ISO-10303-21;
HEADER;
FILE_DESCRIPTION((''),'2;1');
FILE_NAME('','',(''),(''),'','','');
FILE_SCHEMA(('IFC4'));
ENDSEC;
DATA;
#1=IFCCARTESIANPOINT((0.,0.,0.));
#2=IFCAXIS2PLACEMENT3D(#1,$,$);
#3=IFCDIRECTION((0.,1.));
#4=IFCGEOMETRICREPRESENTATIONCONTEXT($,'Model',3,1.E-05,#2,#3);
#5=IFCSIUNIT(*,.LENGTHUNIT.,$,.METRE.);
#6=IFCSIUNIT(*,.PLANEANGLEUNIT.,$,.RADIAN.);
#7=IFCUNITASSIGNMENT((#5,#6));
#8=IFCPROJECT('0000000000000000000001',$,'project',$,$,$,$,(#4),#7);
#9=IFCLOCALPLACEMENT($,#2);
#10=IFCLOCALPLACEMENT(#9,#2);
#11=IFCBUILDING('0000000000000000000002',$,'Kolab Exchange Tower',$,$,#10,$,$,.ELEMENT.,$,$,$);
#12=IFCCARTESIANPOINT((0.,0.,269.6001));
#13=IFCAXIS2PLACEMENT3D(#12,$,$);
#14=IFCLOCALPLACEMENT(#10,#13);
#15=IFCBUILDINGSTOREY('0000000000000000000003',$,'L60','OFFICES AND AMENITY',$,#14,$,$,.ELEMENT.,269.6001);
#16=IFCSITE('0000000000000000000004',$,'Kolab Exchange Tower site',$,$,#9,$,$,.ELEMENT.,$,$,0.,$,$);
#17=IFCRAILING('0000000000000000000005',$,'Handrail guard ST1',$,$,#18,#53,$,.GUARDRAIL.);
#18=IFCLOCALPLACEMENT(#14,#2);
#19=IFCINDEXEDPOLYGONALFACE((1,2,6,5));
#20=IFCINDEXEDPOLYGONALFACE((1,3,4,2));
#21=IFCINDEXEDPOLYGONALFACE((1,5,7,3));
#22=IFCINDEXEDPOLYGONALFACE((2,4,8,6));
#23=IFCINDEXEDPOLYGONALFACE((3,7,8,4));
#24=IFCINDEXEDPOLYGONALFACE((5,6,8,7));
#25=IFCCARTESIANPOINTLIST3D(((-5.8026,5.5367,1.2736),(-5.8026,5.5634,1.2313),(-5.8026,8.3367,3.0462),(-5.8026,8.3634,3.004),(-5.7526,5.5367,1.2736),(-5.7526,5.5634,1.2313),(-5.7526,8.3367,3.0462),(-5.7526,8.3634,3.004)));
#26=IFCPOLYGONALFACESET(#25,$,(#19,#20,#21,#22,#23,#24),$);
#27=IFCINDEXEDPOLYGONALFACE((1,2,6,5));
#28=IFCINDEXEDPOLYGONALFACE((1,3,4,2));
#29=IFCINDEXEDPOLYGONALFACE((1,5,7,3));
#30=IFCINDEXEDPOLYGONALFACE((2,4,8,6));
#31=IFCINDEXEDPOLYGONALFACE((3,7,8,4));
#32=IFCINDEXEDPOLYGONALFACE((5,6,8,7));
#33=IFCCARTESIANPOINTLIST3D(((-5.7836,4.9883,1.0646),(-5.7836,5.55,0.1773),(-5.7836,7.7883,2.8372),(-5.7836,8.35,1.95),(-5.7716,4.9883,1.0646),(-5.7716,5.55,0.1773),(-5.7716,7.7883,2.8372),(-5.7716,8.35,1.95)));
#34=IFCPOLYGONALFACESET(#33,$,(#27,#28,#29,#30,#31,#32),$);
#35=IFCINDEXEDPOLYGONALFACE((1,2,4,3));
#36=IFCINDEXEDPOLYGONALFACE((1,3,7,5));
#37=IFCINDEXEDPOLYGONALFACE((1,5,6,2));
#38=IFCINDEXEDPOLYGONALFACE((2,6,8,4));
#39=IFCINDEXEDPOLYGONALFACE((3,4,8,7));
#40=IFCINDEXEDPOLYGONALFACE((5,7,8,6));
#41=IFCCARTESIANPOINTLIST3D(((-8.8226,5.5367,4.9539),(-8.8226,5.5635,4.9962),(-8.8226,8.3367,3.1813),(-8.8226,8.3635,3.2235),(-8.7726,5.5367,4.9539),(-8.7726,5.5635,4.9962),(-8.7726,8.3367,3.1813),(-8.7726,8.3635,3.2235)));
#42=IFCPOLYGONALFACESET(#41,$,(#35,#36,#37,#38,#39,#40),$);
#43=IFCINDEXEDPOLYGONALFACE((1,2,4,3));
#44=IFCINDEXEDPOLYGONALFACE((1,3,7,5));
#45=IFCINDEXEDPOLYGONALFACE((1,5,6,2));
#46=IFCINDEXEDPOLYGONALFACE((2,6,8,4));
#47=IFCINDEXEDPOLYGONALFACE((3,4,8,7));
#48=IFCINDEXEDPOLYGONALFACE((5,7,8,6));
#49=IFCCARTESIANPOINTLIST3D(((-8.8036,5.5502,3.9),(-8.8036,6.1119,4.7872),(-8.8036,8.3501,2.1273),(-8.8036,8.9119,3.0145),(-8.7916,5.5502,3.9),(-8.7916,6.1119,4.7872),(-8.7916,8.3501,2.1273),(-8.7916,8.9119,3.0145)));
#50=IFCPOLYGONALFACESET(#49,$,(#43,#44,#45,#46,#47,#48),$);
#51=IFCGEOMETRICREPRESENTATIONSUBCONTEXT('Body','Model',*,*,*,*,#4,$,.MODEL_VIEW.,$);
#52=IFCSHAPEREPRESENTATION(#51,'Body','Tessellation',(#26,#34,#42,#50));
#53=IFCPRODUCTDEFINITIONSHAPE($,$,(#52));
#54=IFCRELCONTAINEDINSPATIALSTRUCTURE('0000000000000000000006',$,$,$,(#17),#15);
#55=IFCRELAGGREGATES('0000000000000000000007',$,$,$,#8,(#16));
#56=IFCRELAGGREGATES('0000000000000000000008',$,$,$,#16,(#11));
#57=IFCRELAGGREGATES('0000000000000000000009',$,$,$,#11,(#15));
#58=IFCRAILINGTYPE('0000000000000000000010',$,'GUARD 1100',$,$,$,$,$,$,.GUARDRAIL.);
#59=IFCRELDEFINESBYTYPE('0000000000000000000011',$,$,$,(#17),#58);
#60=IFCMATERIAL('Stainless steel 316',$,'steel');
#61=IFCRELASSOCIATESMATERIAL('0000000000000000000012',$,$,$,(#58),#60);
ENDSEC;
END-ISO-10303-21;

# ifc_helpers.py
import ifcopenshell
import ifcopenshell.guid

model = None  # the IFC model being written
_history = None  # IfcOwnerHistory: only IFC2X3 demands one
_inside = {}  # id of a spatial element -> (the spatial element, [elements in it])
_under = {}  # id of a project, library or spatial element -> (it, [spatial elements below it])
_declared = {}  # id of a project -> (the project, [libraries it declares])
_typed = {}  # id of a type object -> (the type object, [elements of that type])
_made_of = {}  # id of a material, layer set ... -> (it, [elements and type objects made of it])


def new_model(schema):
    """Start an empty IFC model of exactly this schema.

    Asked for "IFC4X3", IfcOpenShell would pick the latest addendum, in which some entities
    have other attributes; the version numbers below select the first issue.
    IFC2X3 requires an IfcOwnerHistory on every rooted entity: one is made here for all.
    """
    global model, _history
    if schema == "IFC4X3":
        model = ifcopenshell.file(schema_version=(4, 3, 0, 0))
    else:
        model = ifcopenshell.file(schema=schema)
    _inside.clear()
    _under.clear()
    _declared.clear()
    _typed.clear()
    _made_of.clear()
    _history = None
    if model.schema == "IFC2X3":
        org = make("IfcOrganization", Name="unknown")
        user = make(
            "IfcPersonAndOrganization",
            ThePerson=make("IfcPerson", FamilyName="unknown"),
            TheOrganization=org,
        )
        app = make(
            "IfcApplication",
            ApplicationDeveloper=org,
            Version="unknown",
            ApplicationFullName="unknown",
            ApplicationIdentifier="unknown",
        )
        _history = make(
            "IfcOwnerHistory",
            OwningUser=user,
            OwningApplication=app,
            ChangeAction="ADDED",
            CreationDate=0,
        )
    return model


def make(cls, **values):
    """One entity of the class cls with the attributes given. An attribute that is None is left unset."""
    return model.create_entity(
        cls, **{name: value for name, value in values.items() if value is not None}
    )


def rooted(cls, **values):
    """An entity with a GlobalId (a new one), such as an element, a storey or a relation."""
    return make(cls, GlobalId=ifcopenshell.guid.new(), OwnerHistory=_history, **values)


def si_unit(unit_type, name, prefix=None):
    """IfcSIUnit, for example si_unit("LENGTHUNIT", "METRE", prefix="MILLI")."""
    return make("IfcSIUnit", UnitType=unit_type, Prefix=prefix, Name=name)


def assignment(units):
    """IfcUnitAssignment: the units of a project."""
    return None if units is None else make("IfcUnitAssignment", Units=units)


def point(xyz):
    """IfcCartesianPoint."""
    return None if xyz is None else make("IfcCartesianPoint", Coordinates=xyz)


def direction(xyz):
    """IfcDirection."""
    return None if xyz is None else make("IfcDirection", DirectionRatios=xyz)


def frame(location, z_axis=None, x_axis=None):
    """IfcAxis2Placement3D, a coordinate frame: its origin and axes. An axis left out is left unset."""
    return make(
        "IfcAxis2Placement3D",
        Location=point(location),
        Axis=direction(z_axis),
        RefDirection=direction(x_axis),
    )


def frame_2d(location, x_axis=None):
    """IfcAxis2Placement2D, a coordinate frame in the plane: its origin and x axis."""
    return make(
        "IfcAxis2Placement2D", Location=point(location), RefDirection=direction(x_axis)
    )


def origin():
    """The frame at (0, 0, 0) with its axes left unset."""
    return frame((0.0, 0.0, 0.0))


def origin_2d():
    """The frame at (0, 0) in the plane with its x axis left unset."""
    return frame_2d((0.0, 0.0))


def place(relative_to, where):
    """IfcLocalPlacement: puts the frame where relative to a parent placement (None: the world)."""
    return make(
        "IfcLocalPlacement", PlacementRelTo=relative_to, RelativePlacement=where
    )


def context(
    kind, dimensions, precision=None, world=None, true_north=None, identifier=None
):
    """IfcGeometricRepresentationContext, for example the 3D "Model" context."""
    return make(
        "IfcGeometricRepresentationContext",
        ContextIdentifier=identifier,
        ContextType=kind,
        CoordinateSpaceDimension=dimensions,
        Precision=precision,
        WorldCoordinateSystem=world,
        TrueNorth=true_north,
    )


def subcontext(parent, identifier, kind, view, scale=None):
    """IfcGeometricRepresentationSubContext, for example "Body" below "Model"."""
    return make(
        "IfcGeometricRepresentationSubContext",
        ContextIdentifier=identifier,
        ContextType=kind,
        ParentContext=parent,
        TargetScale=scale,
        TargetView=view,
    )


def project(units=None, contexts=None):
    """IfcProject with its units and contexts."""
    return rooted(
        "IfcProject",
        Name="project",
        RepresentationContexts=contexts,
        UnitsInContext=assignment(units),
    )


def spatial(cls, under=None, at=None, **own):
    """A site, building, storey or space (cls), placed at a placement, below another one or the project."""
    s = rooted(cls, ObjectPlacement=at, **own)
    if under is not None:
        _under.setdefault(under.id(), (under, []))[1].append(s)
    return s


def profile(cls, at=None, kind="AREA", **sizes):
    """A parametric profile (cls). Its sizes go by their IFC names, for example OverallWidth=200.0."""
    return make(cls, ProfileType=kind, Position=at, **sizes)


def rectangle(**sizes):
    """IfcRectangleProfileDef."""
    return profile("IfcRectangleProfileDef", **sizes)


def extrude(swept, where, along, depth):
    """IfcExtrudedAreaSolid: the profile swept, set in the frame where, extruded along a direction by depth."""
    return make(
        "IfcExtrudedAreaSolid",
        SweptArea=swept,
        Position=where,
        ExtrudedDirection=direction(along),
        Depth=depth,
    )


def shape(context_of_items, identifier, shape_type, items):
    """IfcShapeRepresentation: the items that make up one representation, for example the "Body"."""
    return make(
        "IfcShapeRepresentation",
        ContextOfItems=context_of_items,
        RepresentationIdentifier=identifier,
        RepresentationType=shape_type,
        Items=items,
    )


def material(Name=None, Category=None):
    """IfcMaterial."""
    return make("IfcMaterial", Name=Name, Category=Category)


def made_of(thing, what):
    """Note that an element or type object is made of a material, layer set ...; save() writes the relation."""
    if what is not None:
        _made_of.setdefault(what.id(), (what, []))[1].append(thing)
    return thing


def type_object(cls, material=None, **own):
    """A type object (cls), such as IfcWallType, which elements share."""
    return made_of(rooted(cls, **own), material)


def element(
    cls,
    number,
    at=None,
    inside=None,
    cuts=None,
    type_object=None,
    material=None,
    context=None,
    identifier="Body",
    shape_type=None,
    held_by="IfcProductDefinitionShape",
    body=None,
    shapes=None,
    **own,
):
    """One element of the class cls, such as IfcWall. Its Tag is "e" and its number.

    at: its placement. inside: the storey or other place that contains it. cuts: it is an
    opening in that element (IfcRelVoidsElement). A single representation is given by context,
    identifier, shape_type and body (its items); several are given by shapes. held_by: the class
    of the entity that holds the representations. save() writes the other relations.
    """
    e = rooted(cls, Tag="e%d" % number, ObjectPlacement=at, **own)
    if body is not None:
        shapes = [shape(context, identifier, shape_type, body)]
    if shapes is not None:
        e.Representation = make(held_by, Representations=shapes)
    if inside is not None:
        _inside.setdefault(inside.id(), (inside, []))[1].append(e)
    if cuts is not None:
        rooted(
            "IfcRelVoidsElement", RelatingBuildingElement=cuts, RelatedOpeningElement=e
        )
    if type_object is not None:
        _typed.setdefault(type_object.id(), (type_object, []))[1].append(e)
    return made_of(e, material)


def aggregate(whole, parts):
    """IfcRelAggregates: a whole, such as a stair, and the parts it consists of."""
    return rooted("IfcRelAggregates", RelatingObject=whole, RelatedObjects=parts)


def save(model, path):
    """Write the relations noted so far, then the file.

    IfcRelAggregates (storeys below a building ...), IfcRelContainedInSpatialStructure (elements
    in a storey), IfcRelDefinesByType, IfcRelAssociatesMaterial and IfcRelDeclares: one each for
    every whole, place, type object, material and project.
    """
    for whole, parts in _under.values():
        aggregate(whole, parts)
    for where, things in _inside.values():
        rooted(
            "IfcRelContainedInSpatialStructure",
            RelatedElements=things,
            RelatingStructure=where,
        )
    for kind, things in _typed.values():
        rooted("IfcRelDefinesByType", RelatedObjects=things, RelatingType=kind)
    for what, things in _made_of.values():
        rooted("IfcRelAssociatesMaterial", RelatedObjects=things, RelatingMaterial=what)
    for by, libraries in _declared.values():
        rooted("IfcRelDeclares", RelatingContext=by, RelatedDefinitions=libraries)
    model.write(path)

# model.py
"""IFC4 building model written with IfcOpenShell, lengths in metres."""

from ifc_helpers import new_model, si_unit, direction, frame, frame_2d, origin, origin_2d, place, context, subcontext, project, spatial, rectangle, extrude, material, type_object, element, save


model = new_model("IFC4")

# Units and contexts
model_context = context("Model", 3, precision=1e-05, world=origin(), true_north=direction((0.0, 1.0)))
body_context = subcontext(model_context, "Body", "Model", "MODEL_VIEW")
ifc_project = project(units=[si_unit("LENGTHUNIT", "METRE"), si_unit("PLANEANGLEUNIT", "RADIAN")], contexts=[model_context])

# Site, building, storey
site_placement = place(None, origin())
site = spatial("IfcSite", under=ifc_project, at=site_placement, Name="Kolab Exchange Tower site", CompositionType="ELEMENT", RefElevation=0.0)
building_placement = place(site_placement, origin())
building = spatial("IfcBuilding", under=site, at=building_placement, Name="Kolab Exchange Tower", CompositionType="ELEMENT")
storey_placement = place(building_placement, frame((0.0, 0.0, 269.6001)))
storey = spatial("IfcBuildingStorey", under=building, at=storey_placement, Name="L60", Description="OFFICES AND AMENITY", CompositionType="ELEMENT", Elevation=269.6001)

# Shared definitions
ifc_material_1 = material(Name="Stainless steel 316", Category="steel")

# Railing
railing_type = type_object("IfcRailingType", Name="GUARD 1100", PredefinedType="GUARDRAIL", material=ifc_material_1)
railing_1_placement = place(storey_placement, frame((-5.7776, 5.55, 0.1772)))
element("IfcRailing", 1, at=railing_1_placement, inside=storey, type_object=railing_type, Name="Handrail guard ST1", PredefinedType="GUARDRAIL", context=body_context, shape_type="SweptSolid", body=[
    extrude(rectangle(XDim=0.05, YDim=0.05, at=origin_2d()), frame((0.0, 0.0, 1.0752), z_axis=(0.0, 0.844909, 0.53491), x_axis=(-1.0, 0.0, 0.0)), (0.0, 0.0, 1.0), 3.314),
    extrude(rectangle(XDim=0.012, YDim=1.0501, at=frame_2d((0.0, 0.5251))), frame((0.0, 0.0, 0.0), z_axis=(0.0, 0.844909, 0.53491), x_axis=(-1.0, 0.0, 0.0)), (0.0, 0.0, 1.0), 3.314),
    extrude(rectangle(XDim=0.05, YDim=0.05, at=origin_2d()), frame((-3.02, 2.8, 3.0251), z_axis=(0.0, -0.844909, 0.53491), x_axis=(1.0, 0.0, 0.0)), (0.0, 0.0, 1.0), 3.314),
    extrude(rectangle(XDim=0.012, YDim=1.0501, at=frame_2d((0.0, 0.5251))), frame((-3.02, 2.8, 1.95), z_axis=(0.0, -0.844909, 0.53491), x_axis=(1.0, 0.0, 0.0)), (0.0, 0.0, 1.0), 3.314),
])

save(model, "model.ifc")
